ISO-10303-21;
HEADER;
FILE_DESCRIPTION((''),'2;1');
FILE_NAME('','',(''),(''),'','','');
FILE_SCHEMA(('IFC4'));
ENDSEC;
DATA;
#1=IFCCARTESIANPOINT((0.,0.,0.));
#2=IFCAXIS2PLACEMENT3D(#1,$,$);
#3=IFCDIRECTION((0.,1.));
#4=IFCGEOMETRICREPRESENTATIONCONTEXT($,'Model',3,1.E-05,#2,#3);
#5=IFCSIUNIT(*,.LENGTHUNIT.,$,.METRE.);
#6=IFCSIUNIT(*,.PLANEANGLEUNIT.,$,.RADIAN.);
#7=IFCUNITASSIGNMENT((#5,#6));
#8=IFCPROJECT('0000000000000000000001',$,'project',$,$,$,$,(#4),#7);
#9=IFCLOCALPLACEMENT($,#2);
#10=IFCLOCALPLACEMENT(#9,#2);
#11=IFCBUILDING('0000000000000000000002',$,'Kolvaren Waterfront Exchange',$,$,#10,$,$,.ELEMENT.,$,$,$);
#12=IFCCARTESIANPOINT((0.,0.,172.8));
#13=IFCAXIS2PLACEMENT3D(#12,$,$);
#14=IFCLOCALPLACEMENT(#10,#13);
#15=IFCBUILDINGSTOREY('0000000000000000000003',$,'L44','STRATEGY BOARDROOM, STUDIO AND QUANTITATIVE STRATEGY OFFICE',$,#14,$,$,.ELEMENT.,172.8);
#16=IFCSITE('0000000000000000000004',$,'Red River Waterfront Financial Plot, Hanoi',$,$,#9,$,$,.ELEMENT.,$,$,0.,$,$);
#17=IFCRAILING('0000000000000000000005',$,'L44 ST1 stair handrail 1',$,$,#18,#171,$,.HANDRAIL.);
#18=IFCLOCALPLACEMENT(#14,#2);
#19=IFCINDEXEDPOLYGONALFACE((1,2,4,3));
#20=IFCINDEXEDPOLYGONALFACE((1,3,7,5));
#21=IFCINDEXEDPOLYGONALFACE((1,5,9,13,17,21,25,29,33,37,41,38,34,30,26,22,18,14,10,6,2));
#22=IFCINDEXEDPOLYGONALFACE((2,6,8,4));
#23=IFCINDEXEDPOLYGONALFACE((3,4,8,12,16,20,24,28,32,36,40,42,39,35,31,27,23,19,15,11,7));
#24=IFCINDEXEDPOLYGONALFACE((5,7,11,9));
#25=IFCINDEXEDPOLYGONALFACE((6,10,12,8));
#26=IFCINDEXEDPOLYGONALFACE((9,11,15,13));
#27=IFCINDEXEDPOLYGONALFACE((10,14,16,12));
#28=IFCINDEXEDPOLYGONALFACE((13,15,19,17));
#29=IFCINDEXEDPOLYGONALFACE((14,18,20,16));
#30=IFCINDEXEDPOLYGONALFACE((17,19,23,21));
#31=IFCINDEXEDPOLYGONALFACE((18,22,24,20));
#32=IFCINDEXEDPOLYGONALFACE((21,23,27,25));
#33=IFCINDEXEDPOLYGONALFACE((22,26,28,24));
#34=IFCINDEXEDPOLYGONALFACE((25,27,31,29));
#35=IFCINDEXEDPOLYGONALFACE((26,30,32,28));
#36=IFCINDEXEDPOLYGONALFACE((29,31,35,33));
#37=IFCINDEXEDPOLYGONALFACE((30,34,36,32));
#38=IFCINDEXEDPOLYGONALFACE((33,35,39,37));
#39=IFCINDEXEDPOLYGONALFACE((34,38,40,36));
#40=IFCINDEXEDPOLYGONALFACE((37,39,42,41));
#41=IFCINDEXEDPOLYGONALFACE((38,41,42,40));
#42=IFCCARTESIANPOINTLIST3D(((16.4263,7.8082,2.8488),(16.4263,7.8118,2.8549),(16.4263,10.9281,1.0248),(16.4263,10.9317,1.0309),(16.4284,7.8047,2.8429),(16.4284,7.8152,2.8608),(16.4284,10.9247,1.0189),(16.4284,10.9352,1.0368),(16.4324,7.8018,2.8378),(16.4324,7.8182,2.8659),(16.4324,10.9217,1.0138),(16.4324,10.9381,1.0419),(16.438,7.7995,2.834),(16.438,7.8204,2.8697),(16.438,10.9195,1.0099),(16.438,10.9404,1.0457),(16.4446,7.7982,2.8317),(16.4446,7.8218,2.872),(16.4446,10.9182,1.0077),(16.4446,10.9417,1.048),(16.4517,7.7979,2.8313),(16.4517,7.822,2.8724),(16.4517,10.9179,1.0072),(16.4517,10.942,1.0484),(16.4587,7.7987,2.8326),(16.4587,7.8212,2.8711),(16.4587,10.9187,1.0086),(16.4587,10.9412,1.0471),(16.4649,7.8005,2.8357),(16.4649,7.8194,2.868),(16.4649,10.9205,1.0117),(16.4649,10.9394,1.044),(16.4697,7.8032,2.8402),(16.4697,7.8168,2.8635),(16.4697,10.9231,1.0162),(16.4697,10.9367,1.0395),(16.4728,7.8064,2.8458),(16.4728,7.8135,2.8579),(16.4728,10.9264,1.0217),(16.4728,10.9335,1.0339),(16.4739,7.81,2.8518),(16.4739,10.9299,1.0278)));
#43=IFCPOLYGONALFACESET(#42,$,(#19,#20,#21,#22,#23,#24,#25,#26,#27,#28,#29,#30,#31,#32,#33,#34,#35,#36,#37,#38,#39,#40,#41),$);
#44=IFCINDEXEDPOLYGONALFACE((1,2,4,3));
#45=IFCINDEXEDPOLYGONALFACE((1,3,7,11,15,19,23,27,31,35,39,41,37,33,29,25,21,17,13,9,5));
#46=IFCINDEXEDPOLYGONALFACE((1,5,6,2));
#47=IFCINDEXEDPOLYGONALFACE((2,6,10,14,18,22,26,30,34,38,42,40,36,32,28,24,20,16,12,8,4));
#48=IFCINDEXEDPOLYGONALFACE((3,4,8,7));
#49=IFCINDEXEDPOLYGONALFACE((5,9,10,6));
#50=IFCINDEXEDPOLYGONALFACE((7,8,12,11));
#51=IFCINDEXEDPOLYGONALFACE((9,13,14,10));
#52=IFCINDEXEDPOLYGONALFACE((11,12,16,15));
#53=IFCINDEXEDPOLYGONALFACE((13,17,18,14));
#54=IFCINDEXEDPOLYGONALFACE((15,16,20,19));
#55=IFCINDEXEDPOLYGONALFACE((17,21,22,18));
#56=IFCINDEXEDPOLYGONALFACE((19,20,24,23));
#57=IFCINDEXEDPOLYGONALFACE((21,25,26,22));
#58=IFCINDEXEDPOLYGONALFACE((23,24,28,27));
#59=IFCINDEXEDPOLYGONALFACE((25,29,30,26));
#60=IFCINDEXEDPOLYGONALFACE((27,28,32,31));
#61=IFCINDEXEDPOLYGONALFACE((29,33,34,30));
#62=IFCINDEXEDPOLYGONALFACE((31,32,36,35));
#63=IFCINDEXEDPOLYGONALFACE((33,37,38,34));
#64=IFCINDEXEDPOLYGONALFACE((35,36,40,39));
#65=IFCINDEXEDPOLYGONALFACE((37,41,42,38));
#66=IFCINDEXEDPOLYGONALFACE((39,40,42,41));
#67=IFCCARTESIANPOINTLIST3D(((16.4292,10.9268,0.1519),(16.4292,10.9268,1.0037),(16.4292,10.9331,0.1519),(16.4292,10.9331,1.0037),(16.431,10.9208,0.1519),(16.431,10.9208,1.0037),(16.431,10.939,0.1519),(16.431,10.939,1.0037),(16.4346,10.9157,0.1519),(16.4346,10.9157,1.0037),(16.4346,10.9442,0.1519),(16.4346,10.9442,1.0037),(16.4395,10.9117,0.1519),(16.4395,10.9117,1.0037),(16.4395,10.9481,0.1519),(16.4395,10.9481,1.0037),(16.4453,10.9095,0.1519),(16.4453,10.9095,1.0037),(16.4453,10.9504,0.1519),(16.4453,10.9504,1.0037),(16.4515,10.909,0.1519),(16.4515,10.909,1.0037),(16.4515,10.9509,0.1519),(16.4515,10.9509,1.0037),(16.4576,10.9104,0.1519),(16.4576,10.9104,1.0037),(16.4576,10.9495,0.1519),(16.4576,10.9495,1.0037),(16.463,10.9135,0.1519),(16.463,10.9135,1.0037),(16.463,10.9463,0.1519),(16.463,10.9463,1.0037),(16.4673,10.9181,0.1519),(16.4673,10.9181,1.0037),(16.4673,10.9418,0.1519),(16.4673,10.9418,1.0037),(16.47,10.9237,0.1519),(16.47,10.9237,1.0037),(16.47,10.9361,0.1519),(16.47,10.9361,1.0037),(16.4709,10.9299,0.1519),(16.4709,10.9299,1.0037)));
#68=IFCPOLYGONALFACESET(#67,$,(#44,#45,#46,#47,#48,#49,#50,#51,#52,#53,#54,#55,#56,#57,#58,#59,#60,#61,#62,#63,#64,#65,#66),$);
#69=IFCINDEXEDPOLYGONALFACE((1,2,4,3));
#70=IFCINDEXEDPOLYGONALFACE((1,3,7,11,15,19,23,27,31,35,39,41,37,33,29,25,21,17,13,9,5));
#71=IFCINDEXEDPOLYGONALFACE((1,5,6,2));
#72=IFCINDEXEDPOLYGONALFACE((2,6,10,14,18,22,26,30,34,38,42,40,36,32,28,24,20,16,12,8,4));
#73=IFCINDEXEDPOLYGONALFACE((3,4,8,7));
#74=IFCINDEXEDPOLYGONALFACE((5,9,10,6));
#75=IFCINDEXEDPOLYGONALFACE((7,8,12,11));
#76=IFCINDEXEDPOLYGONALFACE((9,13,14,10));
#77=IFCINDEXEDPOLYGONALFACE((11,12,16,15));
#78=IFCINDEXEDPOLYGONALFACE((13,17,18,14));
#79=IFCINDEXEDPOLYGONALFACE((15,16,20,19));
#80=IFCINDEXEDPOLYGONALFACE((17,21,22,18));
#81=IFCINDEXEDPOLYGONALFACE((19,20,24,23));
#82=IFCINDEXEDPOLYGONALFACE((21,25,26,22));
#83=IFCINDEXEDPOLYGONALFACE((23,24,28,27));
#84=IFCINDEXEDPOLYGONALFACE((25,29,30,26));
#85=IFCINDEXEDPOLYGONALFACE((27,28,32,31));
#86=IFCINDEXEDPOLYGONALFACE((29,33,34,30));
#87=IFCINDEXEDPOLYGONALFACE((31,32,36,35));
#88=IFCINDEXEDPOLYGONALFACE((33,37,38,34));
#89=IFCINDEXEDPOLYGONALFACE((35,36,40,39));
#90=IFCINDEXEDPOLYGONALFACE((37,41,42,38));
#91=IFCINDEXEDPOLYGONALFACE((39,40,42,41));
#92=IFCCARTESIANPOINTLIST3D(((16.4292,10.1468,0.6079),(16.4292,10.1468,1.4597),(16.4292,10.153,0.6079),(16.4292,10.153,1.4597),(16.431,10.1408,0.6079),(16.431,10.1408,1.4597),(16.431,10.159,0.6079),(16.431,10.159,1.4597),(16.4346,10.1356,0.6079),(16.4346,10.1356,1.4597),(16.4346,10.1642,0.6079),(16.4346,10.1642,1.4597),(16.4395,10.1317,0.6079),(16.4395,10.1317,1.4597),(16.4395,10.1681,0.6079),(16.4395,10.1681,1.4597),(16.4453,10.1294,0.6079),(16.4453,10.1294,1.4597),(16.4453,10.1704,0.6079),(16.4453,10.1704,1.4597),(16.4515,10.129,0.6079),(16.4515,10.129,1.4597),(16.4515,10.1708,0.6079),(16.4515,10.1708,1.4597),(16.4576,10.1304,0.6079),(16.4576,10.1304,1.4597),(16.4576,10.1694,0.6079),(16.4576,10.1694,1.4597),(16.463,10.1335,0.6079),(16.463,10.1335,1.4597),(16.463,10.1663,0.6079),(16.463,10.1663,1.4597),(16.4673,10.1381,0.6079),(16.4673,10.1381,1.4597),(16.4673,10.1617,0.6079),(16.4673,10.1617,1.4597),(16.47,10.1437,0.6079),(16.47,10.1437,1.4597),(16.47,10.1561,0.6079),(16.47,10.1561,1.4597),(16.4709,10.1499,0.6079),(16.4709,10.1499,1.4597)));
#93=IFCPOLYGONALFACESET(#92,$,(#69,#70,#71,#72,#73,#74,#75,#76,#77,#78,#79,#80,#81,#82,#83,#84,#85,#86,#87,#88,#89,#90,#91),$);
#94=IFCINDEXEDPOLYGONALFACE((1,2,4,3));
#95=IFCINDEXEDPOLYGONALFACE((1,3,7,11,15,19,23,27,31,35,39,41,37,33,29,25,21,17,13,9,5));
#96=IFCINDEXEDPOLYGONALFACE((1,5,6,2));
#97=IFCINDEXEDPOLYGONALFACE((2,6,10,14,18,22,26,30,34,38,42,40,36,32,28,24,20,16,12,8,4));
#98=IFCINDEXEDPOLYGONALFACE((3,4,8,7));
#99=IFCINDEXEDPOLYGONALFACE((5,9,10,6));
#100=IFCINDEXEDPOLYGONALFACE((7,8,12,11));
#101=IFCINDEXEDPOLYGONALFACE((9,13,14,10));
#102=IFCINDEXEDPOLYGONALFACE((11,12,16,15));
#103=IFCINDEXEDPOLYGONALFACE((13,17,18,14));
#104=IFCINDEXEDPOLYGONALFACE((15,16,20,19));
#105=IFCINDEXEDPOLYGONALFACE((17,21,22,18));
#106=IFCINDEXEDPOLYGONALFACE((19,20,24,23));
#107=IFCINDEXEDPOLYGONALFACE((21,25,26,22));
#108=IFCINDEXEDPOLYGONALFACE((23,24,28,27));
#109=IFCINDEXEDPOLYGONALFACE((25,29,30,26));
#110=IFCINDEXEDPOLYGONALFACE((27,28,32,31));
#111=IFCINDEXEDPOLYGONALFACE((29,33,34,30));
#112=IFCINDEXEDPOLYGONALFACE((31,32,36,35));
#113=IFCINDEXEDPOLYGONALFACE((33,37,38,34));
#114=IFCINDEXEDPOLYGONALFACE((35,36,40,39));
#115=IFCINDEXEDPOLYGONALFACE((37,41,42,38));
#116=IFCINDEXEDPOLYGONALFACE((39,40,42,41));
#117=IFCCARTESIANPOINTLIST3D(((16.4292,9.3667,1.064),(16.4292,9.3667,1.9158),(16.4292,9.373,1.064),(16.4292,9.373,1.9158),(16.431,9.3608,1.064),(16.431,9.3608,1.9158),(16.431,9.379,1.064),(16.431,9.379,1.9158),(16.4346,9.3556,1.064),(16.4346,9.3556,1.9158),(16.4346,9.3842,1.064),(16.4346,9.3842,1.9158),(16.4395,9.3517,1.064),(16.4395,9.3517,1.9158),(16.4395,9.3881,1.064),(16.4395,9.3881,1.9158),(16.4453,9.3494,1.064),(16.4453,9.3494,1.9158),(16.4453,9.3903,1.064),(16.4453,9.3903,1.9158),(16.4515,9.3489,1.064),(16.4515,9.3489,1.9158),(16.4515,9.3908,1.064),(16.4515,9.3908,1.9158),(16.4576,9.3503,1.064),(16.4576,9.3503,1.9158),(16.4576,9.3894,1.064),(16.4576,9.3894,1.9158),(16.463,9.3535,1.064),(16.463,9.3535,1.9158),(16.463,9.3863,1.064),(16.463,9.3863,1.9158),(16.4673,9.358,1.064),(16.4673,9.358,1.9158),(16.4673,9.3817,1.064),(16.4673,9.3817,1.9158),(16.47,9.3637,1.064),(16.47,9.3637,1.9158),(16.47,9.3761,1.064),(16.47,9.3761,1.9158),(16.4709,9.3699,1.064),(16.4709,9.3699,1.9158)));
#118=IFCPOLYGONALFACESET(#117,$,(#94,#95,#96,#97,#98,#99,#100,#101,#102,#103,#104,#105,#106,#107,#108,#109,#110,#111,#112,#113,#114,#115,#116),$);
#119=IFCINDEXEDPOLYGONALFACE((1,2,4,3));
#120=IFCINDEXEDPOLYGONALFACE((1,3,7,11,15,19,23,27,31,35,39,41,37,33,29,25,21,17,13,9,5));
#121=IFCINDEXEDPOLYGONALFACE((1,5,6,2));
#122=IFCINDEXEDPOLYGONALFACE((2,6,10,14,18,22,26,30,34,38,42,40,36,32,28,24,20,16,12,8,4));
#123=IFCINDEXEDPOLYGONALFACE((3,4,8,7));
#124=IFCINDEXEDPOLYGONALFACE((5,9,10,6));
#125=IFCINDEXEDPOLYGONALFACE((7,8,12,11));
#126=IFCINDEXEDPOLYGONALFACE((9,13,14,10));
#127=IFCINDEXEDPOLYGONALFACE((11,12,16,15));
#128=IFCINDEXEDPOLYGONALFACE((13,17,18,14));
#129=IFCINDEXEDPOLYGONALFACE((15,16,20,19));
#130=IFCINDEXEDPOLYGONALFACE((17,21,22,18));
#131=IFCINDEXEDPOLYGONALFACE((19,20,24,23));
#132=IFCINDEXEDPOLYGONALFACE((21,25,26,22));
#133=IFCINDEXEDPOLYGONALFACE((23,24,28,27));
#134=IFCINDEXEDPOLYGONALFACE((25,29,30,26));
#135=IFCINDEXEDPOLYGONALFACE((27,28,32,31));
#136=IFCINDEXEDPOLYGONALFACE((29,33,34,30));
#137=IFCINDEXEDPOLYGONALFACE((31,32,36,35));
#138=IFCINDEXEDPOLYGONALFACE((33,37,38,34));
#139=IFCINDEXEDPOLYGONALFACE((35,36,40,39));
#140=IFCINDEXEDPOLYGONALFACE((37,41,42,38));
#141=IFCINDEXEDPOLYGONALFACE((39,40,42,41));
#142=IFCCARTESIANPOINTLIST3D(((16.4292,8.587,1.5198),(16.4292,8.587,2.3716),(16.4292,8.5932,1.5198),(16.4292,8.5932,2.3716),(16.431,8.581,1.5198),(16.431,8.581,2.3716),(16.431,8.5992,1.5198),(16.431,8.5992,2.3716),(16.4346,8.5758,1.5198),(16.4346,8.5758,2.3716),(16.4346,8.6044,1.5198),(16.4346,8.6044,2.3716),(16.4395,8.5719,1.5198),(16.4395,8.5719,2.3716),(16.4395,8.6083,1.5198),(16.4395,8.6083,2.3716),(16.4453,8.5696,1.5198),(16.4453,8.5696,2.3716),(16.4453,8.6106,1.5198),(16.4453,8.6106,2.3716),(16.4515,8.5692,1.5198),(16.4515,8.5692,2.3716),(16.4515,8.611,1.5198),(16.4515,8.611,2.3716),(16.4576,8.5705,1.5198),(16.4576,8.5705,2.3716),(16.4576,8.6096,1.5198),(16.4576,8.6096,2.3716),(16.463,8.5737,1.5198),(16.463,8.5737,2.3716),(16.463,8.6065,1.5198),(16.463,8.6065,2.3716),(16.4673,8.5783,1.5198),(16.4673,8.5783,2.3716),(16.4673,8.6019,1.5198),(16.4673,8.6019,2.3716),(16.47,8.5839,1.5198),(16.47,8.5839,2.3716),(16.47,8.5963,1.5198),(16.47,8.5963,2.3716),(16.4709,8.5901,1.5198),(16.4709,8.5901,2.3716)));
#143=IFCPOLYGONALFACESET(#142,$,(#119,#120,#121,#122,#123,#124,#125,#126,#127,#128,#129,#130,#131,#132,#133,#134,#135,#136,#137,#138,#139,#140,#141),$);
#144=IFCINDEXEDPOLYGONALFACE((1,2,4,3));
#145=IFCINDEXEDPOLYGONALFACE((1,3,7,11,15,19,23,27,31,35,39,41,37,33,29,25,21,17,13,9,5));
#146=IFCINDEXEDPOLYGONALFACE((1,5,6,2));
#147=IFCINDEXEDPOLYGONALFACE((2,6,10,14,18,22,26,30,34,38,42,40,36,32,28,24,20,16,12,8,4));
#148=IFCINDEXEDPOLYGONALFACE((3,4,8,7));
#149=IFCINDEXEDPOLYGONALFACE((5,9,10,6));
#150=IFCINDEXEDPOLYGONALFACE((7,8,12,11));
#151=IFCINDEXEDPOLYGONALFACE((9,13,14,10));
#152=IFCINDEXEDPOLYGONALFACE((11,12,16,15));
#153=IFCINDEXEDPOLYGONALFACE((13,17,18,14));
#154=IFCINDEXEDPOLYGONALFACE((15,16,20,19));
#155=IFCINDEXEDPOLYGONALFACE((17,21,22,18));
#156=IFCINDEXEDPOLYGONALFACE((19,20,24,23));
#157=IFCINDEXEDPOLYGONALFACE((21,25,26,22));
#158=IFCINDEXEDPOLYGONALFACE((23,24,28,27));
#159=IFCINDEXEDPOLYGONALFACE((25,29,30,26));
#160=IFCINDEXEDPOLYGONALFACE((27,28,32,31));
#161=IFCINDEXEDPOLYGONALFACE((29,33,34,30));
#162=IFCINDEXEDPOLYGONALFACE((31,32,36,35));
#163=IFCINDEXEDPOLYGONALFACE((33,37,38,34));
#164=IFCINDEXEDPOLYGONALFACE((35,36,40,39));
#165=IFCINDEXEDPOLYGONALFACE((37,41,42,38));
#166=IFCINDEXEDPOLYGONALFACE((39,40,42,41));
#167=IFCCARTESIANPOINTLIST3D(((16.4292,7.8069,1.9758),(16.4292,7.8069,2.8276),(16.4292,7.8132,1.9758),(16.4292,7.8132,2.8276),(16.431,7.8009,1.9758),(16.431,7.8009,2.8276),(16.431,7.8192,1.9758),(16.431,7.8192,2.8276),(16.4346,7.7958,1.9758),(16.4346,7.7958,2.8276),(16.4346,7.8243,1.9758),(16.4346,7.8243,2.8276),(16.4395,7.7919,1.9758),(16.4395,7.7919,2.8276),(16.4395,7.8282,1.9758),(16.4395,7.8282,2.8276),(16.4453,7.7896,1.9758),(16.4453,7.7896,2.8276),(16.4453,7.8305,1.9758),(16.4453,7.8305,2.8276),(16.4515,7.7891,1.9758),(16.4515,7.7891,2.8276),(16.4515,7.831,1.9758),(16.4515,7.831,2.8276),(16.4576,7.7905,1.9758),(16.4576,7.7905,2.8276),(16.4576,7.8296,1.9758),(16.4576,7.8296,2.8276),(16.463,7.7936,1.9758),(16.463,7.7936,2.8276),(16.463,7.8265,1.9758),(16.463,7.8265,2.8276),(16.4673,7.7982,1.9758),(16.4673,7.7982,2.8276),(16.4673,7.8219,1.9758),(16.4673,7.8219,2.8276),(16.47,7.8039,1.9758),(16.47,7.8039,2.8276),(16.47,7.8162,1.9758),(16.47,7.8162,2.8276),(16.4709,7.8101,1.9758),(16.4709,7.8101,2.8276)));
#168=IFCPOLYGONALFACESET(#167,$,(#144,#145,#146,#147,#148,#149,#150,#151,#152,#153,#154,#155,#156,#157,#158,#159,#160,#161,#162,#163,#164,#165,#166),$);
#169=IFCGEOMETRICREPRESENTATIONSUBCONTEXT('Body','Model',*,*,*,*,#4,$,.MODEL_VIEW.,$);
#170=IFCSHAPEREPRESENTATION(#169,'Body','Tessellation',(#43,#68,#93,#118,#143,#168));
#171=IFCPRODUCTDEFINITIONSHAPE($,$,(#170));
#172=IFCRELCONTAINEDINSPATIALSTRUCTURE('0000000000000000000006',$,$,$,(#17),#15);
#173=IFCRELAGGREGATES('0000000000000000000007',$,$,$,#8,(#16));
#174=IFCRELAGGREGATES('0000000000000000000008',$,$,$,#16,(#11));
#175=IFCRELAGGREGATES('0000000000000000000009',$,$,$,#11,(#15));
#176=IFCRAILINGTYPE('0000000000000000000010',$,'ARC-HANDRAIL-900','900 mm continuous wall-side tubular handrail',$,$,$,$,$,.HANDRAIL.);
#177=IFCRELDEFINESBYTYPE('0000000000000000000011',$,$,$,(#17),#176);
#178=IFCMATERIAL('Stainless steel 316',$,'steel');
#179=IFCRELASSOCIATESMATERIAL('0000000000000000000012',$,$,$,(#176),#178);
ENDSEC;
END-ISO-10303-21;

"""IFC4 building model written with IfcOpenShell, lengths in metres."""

from ifc_helpers import new_model, si_unit, direction, frame, origin, origin_2d, place, context, subcontext, project, spatial, circle, extrude, material, type_object, element, save


model = new_model("IFC4")

# Units and contexts
model_context = context("Model", 3, precision=1e-05, world=origin(), true_north=direction((0.0, 1.0)))
body_context = subcontext(model_context, "Body", "Model", "MODEL_VIEW")
ifc_project = project(units=[si_unit("LENGTHUNIT", "METRE"), si_unit("PLANEANGLEUNIT", "RADIAN")], contexts=[model_context])

# Site, building, storey
site_placement = place(None, origin())
site = spatial("IfcSite", under=ifc_project, at=site_placement, Name="Red River Waterfront Financial Plot, Hanoi", CompositionType="ELEMENT", RefElevation=0.0)
building_placement = place(site_placement, origin())
building = spatial("IfcBuilding", under=site, at=building_placement, Name="Kolvaren Waterfront Exchange", CompositionType="ELEMENT")
storey_placement = place(building_placement, frame((0.0, 0.0, 172.8)))
storey = spatial("IfcBuildingStorey", under=building, at=storey_placement, Name="L44", Description="STRATEGY BOARDROOM, STUDIO AND QUANTITATIVE STRATEGY OFFICE", CompositionType="ELEMENT", Elevation=172.8)

# Railing
ifc_material_1 = material(Name="Stainless steel 316", Category="steel")
railing_type_1 = type_object("IfcRailingType", Name="ARC-HANDRAIL-900", Description="900 mm continuous wall-side tubular handrail", PredefinedType="HANDRAIL", material=ifc_material_1)
railing_1_placement = place(storey_placement, frame((16.45, 10.9299, 0.1519)))
element("IfcRailing", 1, at=railing_1_placement, inside=storey, type_object=railing_type_1, Name="L44 ST1 stair handrail 1", PredefinedType="HANDRAIL", context=body_context, shape_type="SweptSolid", body=[
    extrude(circle(Radius=0.0239, at=origin_2d()), frame((0.0, 0.0, 0.876), z_axis=(0.0, -0.863291, 0.504707), x_axis=(1.0, 0.0, 0.0)), (0.0, 0.0, 1.0), 3.614),
    extrude(circle(Radius=0.021, at=origin_2d()), origin(), (0.0, 0.0, 1.0), 0.8518),
    extrude(circle(Radius=0.021, at=origin_2d()), frame((0.0, -0.78, 0.4561)), (0.0, 0.0, 1.0), 0.8518),
    extrude(circle(Radius=0.021, at=origin_2d()), frame((0.0, -1.5601, 0.9121)), (0.0, 0.0, 1.0), 0.8518),
    extrude(circle(Radius=0.021, at=origin_2d()), frame((0.0, -2.3398, 1.3679)), (0.0, 0.0, 1.0), 0.8518),
    extrude(circle(Radius=0.021, at=origin_2d()), frame((0.0, -3.1199, 1.824)), (0.0, 0.0, 1.0), 0.8518),
])

save(model, "model.ifc")
